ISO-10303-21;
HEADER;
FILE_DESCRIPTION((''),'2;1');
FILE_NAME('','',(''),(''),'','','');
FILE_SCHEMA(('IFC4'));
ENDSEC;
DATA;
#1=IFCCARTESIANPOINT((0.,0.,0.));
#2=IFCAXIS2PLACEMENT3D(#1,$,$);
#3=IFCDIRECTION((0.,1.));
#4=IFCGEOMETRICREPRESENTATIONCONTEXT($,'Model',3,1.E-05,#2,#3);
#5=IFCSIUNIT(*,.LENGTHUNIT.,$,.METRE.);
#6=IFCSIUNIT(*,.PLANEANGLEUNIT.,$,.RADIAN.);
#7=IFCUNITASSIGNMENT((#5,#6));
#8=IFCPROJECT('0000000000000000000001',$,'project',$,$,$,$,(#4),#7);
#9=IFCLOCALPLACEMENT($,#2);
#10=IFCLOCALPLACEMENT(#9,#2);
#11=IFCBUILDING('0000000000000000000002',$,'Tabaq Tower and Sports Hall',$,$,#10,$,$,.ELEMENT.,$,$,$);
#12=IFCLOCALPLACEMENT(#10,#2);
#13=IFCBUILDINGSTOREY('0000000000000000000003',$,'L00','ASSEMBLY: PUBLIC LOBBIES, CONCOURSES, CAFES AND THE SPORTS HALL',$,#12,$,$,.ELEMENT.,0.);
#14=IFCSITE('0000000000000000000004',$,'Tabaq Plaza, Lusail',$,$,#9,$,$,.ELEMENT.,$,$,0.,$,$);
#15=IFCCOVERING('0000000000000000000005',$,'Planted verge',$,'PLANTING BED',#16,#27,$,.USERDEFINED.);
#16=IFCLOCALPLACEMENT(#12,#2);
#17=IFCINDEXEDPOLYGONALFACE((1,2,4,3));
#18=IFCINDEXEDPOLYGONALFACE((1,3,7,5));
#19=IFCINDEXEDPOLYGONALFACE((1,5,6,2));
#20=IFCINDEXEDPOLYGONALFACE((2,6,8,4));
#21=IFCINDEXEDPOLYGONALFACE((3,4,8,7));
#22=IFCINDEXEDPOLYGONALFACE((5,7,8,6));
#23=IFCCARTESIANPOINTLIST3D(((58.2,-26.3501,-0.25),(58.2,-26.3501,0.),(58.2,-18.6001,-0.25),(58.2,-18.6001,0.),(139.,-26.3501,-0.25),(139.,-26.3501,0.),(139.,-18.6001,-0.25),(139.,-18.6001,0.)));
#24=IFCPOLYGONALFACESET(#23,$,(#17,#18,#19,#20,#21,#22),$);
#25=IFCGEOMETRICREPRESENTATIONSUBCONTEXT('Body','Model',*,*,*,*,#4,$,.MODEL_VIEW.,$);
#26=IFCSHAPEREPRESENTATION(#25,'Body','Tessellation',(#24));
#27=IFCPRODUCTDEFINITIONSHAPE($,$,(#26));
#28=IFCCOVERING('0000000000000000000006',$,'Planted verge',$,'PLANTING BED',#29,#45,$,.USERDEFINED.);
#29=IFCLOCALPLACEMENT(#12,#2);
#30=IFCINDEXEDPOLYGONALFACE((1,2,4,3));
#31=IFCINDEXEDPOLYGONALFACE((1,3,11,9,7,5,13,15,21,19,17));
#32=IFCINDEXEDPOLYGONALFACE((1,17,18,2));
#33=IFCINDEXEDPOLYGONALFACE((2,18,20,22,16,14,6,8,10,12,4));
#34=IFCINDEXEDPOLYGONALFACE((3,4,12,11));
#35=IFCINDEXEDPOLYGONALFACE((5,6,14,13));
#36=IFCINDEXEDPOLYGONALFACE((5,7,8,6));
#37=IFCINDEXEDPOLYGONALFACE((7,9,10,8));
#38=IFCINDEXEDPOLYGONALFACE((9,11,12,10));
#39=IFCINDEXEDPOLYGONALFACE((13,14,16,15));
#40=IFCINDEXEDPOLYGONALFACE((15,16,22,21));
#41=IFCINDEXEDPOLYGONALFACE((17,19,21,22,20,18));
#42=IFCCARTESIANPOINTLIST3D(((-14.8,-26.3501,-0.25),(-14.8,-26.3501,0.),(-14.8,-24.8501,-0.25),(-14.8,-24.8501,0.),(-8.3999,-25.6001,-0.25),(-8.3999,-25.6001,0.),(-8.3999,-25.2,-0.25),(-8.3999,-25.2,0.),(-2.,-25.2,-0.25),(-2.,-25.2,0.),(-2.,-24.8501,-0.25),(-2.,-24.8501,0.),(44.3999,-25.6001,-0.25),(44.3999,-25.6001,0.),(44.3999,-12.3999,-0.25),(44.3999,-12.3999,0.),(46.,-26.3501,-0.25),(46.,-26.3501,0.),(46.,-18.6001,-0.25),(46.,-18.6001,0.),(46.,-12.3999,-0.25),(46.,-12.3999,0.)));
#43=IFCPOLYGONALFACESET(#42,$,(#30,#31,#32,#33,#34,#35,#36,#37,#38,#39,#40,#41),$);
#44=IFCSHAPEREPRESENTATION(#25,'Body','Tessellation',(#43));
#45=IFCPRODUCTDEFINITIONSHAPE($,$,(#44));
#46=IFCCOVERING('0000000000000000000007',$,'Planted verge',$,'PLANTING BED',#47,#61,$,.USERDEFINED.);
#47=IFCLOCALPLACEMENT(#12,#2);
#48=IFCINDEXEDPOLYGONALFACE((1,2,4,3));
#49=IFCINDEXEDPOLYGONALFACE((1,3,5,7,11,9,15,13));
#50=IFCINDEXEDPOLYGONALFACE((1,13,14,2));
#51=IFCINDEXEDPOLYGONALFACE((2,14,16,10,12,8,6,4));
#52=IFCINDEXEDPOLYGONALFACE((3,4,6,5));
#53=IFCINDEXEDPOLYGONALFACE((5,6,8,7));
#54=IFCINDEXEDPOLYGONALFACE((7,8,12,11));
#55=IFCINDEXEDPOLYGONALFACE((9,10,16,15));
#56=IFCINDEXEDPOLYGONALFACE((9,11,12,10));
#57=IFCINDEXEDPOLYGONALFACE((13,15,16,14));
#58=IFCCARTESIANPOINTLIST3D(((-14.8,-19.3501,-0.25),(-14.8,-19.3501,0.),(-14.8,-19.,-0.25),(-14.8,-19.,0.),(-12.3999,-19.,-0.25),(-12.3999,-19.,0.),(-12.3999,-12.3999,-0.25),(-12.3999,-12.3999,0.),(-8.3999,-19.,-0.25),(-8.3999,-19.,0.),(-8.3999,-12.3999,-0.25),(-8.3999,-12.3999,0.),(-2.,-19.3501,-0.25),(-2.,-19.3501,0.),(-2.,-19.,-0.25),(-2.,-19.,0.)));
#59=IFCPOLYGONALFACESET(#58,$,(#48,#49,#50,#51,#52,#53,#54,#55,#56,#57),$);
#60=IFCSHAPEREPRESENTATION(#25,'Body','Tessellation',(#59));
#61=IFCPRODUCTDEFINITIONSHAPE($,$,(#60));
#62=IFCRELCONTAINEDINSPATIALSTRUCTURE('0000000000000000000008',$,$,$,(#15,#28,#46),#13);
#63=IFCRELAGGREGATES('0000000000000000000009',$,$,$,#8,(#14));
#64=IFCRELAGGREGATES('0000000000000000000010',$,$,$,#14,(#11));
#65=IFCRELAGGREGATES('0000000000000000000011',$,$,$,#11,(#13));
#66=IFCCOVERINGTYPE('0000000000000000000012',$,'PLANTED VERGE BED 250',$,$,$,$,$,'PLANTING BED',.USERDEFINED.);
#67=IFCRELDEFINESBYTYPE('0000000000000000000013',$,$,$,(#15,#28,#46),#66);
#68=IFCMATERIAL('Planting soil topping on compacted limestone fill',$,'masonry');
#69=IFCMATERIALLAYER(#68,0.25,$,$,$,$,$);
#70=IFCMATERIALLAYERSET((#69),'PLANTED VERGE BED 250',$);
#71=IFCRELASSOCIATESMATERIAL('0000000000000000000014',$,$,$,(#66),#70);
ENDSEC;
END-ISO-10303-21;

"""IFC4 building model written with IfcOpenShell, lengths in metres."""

from ifc_helpers import new_model, si_unit, direction, frame, origin, place, context, subcontext, project, spatial, polyline, outline, extrude, material, layer, layer_set, type_object, element, save


model = new_model("IFC4")

# Units and contexts
model_context = context("Model", 3, precision=1e-05, world=origin(), true_north=direction((0.0, 1.0)))
body_context = subcontext(model_context, "Body", "Model", "MODEL_VIEW")
ifc_project = project(units=[si_unit("LENGTHUNIT", "METRE"), si_unit("PLANEANGLEUNIT", "RADIAN")], contexts=[model_context])

# Site, building, storey
site_placement = place(None, origin())
site = spatial("IfcSite", under=ifc_project, at=site_placement, Name="Tabaq Plaza, Lusail", CompositionType="ELEMENT", RefElevation=0.0)
building_placement = place(site_placement, origin())
building = spatial("IfcBuilding", under=site, at=building_placement, Name="Tabaq Tower and Sports Hall", CompositionType="ELEMENT")
storey_placement = place(building_placement, origin())
storey = spatial("IfcBuildingStorey", under=building, at=storey_placement, Name="L00", Description="ASSEMBLY: PUBLIC LOBBIES, CONCOURSES, CAFES AND THE SPORTS HALL", CompositionType="ELEMENT", Elevation=0.0)

# Coverings
ifc_material_1 = material(Name="Planting soil topping on compacted limestone fill", Category="masonry")
ifc_layer_1 = layer(ifc_material_1, 0.25)
ifc_layer_set_1 = layer_set([ifc_layer_1], Name="PLANTED VERGE BED 250")
covering_type = type_object("IfcCoveringType", Name="PLANTED VERGE BED 250", ElementType="PLANTING BED", PredefinedType="USERDEFINED", material=ifc_layer_set_1)
covering_1_placement = place(storey_placement, frame((0.0, 0.0, -0.25)))
element("IfcCovering", 1, at=covering_1_placement, inside=storey, type_object=covering_type, Name="Planted verge", ObjectType="PLANTING BED", PredefinedType="USERDEFINED", context=body_context, shape_type="SweptSolid", body=[
    extrude(outline(polyline([(58.2, -18.6001), (58.2, -26.3501), (139.0, -26.3501), (139.0, -18.6001), (58.2, -18.6001)])), origin(), (0.0, 0.0, 1.0), 0.25),
])
covering_2_placement = place(storey_placement, frame((0.0, 0.0, -0.25)))
element("IfcCovering", 2, at=covering_2_placement, inside=storey, type_object=covering_type, Name="Planted verge", ObjectType="PLANTING BED", PredefinedType="USERDEFINED", context=body_context, shape_type="SweptSolid", body=[
    extrude(outline(polyline([(-14.8, -24.8501), (-14.8, -26.3501), (46.0, -26.3501), (46.0, -18.6001), (46.0, -12.3999), (44.3999, -12.3999), (44.3999, -25.6001), (-8.3999, -25.6001), (-8.3999, -25.2), (-2.0, -25.2), (-2.0, -24.8501), (-14.8, -24.8501)])), origin(), (0.0, 0.0, 1.0), 0.25),
])
covering_3_placement = place(storey_placement, frame((0.0, 0.0, -0.25)))
element("IfcCovering", 3, at=covering_3_placement, inside=storey, type_object=covering_type, Name="Planted verge", ObjectType="PLANTING BED", PredefinedType="USERDEFINED", context=body_context, shape_type="SweptSolid", body=[
    extrude(outline(polyline([(-14.8, -19.0), (-14.8, -19.3501), (-2.0, -19.3501), (-2.0, -19.0), (-8.3999, -19.0), (-8.3999, -12.3999), (-12.3999, -12.3999), (-12.3999, -19.0), (-14.8, -19.0)])), origin(), (0.0, 0.0, 1.0), 0.25),
])

save(model, "model.ifc")
